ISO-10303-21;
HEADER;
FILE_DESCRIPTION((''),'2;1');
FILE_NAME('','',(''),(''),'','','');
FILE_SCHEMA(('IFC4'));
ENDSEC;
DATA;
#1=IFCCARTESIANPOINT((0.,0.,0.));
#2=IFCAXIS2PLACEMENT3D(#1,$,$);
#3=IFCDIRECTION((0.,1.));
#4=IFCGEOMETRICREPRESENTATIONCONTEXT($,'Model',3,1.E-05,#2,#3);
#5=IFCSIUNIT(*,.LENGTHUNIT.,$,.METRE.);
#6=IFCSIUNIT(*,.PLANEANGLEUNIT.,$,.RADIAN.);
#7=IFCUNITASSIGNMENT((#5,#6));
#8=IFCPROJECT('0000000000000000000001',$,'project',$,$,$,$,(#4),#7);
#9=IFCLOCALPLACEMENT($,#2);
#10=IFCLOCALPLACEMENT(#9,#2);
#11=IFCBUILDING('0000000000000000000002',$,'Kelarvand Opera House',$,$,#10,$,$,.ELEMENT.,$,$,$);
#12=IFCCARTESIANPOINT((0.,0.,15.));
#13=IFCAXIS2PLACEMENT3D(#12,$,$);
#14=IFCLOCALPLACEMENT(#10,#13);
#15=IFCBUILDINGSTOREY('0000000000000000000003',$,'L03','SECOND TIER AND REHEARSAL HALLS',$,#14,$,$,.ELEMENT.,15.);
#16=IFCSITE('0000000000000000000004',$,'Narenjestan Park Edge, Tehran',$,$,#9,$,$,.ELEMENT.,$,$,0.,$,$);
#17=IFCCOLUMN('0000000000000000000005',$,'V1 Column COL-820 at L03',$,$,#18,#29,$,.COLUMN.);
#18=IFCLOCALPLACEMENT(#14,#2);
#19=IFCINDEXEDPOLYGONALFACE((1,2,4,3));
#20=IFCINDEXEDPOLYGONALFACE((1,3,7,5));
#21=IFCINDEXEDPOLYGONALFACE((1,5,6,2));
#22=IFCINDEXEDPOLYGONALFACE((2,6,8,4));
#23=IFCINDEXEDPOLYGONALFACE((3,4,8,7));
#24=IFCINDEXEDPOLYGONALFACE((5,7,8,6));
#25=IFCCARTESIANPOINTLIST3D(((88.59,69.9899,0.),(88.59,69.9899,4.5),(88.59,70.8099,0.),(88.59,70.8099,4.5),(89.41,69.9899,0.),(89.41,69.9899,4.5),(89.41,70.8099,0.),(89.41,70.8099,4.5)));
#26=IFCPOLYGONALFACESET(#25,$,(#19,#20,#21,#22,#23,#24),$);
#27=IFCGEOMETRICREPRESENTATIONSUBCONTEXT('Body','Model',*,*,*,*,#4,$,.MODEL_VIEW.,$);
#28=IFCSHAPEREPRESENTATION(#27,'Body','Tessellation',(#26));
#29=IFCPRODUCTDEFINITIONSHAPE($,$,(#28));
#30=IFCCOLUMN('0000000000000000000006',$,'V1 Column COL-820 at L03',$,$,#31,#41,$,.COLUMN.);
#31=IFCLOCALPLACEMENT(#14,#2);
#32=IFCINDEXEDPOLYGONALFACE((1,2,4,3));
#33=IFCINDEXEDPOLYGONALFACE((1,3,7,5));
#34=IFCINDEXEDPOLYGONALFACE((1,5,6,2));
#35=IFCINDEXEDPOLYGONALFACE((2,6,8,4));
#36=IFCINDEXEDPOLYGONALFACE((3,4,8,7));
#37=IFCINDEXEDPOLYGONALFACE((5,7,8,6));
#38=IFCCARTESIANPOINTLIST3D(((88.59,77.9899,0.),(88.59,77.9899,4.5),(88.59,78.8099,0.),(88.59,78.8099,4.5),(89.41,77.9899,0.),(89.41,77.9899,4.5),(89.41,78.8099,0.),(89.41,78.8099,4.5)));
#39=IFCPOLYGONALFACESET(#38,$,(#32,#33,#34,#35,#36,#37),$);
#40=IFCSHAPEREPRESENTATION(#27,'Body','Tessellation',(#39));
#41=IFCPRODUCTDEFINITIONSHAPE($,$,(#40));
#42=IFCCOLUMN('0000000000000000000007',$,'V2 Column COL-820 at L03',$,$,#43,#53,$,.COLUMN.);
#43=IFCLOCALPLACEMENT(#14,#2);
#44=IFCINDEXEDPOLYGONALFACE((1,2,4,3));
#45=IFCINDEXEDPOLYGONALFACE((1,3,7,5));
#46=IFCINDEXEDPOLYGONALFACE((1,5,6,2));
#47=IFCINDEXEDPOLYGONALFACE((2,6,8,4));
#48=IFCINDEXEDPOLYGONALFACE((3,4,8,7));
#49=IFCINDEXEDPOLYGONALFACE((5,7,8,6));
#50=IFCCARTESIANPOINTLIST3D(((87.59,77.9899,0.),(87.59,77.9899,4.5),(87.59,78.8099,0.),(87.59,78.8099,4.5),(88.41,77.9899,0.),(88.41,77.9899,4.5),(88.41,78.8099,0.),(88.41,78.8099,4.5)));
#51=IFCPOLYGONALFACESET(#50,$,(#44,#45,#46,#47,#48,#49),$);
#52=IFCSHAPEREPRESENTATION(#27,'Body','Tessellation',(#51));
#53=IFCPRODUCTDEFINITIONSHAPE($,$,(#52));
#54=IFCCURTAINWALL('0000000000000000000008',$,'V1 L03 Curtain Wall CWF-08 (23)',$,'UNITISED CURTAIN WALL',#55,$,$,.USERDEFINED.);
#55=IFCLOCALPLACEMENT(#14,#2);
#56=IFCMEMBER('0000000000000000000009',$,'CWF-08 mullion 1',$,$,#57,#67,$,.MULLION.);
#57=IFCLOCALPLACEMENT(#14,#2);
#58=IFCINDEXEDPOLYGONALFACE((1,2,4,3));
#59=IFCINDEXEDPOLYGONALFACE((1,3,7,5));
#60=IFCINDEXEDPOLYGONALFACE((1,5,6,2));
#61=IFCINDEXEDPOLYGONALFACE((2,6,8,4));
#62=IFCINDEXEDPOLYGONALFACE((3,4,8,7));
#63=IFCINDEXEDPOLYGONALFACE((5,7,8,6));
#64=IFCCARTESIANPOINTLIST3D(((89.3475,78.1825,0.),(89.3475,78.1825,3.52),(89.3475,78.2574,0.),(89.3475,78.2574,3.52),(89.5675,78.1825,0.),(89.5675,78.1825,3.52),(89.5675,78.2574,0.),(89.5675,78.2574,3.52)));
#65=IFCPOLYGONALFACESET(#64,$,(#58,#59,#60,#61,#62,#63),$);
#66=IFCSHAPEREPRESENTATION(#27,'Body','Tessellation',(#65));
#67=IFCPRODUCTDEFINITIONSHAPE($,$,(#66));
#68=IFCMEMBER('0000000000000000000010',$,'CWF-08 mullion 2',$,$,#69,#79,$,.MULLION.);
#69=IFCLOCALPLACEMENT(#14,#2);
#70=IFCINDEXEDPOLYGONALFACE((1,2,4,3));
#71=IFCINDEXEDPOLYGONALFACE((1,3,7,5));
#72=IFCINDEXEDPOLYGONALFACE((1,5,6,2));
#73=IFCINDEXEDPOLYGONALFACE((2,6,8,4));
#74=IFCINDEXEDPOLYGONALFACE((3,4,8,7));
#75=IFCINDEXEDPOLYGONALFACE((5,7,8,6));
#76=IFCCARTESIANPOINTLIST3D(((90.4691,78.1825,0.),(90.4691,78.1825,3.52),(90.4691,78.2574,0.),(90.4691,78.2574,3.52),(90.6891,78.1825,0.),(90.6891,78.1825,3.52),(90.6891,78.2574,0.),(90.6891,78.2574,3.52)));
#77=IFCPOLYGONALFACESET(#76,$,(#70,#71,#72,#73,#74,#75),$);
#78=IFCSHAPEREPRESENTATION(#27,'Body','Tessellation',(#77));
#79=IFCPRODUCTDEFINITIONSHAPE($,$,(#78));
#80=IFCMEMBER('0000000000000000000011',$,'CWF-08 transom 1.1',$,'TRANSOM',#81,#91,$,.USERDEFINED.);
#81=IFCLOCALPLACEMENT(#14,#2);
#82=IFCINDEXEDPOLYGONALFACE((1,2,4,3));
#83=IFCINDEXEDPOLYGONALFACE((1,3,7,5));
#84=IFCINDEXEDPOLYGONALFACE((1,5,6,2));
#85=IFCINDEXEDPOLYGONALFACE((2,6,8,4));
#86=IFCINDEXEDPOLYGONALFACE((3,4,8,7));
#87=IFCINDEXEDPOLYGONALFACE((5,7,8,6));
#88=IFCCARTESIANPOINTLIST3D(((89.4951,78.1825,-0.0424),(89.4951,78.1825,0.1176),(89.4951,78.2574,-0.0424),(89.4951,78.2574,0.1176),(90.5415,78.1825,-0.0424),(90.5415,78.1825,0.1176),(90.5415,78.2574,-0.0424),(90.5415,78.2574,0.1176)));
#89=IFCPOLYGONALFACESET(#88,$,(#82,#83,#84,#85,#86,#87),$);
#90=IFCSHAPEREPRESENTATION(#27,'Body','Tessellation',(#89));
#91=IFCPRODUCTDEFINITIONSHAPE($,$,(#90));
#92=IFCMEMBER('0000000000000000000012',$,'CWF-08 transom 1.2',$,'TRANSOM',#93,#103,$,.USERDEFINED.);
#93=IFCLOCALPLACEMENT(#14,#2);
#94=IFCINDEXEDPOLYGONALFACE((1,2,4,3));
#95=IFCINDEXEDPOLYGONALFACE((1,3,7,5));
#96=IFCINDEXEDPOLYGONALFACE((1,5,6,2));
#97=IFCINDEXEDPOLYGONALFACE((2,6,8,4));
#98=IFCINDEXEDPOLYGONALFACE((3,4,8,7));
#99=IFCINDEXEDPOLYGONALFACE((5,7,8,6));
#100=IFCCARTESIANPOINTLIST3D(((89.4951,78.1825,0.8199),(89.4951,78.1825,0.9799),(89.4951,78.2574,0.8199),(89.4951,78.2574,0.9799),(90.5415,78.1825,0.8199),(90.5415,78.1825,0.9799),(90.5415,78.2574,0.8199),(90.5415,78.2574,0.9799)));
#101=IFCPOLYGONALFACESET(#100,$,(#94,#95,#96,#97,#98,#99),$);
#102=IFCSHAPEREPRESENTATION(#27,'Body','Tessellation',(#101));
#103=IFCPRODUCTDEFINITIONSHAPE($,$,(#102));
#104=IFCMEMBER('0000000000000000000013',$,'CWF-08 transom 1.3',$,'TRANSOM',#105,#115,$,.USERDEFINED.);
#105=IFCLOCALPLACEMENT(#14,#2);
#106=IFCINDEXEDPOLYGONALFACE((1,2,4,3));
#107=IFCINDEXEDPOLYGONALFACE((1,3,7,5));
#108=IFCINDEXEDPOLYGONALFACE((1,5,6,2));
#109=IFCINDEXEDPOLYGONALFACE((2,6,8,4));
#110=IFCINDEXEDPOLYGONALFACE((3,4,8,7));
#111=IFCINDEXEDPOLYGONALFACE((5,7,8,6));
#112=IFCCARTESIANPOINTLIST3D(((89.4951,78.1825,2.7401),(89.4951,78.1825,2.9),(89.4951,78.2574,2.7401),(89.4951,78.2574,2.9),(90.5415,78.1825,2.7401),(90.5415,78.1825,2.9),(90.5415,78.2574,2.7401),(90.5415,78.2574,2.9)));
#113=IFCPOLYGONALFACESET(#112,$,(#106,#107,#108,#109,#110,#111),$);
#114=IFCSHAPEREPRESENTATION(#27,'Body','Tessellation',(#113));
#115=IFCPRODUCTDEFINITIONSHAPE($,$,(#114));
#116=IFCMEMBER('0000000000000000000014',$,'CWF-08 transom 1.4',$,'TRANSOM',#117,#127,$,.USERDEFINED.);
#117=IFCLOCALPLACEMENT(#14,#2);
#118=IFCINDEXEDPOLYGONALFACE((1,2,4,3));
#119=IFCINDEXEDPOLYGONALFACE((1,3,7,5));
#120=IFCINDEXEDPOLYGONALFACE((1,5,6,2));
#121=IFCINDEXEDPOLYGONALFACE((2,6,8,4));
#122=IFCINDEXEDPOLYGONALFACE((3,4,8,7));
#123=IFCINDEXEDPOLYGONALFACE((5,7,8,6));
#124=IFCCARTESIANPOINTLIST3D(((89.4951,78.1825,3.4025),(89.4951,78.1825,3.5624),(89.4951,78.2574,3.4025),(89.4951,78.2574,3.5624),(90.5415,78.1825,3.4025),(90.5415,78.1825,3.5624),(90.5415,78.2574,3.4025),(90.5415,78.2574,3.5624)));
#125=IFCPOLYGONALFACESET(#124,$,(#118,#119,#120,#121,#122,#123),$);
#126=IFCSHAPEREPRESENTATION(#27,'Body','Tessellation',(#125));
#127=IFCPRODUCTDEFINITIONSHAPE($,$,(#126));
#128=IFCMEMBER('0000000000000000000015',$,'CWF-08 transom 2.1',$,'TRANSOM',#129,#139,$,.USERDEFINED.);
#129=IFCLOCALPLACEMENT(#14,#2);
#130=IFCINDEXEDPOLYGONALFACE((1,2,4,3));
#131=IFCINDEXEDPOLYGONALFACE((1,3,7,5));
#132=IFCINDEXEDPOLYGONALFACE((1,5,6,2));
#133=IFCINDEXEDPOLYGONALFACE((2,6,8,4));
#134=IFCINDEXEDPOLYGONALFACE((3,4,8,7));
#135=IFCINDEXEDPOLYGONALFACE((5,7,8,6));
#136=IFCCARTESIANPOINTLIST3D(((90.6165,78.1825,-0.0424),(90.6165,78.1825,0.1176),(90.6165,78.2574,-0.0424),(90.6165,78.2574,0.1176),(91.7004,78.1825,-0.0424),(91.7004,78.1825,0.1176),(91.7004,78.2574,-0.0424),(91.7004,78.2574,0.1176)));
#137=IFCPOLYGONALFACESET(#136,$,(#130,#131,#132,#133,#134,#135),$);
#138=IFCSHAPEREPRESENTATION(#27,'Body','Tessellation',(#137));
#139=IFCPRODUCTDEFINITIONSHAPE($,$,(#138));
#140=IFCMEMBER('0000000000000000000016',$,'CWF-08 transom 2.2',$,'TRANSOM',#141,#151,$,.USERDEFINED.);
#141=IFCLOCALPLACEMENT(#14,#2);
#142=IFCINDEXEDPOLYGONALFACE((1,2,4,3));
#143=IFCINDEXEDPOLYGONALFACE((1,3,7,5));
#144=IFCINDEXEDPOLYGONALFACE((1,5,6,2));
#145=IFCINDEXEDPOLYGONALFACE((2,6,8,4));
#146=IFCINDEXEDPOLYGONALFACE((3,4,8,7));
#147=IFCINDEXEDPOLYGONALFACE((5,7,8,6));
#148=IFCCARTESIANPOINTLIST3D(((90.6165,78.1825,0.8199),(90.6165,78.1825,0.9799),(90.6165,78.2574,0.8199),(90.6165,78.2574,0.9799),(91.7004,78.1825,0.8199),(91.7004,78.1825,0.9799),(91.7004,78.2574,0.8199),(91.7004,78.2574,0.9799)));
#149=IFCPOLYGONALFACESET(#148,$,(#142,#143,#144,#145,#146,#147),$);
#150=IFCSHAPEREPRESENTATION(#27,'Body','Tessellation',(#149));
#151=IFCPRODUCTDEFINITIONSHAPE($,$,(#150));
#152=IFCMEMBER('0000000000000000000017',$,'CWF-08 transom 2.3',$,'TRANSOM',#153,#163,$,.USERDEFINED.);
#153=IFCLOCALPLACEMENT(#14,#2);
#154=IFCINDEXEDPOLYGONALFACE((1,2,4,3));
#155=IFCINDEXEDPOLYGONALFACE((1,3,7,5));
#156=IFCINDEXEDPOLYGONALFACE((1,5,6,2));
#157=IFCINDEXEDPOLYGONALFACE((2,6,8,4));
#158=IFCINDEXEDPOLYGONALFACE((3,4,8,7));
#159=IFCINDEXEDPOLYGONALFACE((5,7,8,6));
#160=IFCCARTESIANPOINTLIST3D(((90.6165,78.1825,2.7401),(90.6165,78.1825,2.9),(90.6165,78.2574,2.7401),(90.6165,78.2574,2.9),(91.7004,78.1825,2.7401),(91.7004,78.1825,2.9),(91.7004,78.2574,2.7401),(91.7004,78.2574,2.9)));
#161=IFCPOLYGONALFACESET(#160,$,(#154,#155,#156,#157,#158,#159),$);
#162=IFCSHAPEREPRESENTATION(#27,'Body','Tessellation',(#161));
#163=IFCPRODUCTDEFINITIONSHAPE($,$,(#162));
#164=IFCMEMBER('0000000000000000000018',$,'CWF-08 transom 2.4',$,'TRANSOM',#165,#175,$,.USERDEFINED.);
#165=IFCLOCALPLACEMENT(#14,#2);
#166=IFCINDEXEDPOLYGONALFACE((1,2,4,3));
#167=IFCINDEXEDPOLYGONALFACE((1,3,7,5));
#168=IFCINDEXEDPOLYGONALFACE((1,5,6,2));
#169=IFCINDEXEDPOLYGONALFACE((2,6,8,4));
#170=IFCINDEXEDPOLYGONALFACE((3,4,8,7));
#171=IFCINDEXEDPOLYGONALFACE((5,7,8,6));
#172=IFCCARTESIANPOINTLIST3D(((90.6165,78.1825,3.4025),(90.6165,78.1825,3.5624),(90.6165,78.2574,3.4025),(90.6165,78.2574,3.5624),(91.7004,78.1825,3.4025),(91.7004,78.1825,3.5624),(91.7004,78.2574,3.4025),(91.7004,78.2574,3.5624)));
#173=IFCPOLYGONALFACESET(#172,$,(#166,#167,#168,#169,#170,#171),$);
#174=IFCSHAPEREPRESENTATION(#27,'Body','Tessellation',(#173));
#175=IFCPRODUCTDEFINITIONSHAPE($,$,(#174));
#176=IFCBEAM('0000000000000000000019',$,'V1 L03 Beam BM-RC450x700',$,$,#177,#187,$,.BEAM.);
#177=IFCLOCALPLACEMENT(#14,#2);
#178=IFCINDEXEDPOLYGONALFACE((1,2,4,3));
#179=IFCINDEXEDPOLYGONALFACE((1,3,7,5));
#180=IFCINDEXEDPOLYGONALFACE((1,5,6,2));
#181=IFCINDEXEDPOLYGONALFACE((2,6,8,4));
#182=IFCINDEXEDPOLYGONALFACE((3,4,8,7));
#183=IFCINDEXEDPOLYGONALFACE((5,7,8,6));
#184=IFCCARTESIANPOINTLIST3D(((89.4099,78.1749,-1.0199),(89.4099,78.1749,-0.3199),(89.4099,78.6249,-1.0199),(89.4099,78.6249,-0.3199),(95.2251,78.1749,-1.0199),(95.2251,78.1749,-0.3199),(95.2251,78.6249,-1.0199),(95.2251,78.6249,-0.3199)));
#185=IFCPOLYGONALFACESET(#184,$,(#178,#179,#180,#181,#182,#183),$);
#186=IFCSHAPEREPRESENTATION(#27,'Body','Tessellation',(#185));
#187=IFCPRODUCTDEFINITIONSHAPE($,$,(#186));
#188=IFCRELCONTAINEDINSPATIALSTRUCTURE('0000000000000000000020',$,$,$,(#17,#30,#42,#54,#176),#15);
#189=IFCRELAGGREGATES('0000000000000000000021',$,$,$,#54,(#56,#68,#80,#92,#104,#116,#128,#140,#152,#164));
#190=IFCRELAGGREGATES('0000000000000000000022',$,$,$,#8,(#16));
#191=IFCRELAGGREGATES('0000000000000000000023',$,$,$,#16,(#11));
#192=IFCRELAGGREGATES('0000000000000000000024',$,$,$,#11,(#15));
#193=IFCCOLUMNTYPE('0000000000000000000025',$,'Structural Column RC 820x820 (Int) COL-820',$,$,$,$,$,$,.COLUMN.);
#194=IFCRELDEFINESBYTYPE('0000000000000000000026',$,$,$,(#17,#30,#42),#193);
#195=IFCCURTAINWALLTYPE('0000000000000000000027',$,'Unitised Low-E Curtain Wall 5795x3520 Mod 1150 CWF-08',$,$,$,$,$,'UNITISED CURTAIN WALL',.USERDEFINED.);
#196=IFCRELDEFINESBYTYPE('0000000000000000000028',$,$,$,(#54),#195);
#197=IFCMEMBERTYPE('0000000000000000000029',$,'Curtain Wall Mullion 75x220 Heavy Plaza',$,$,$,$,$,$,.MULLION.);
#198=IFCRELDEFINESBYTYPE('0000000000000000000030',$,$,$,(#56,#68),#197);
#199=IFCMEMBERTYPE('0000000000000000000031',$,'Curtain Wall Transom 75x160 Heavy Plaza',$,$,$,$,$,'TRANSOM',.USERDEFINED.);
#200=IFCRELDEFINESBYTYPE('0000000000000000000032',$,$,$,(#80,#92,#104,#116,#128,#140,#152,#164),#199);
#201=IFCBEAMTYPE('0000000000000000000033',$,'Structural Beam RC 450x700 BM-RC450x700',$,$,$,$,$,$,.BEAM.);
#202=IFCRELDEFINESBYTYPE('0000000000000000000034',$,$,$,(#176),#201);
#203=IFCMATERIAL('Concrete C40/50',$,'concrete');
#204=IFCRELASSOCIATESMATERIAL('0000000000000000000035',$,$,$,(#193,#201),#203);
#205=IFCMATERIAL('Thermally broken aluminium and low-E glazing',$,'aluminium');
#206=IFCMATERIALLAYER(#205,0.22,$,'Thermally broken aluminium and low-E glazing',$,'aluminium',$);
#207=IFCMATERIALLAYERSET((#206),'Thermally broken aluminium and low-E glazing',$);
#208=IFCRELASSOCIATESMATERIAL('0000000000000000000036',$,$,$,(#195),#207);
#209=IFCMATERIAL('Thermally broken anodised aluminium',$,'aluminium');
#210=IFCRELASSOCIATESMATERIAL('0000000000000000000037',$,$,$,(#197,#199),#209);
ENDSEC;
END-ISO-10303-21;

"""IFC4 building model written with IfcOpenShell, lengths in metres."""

from ifc_helpers import new_model, si_unit, direction, frame, origin, origin_2d, place, context, subcontext, project, spatial, rectangle, extrude, material, layer, layer_set, material_profile, profile_set, type_object, element, aggregate, save


model = new_model("IFC4")

# Units and contexts
model_context = context("Model", 3, precision=1e-05, world=origin(), true_north=direction((0.0, 1.0)))
body_context = subcontext(model_context, "Body", "Model", "MODEL_VIEW")
ifc_project = project(units=[si_unit("LENGTHUNIT", "METRE"), si_unit("PLANEANGLEUNIT", "RADIAN")], contexts=[model_context])

# Site, building, storey
site_placement = place(None, origin())
site = spatial("IfcSite", under=ifc_project, at=site_placement, Name="Narenjestan Park Edge, Tehran", CompositionType="ELEMENT", RefElevation=0.0)
building_placement = place(site_placement, origin())
building = spatial("IfcBuilding", under=site, at=building_placement, Name="Kelarvand Opera House", CompositionType="ELEMENT")
storey_placement = place(building_placement, frame((0.0, 0.0, 15.0)))
storey = spatial("IfcBuildingStorey", under=building, at=storey_placement, Name="L03", Description="SECOND TIER AND REHEARSAL HALLS", CompositionType="ELEMENT", Elevation=15.0)

# Columns
ifc_material_1 = material(Name="Concrete C40/50", Category="concrete")
ifc_material_profile_1 = material_profile(ifc_material_1, rectangle(XDim=0.8201, YDim=0.8201, at=origin_2d()), Name="RC 820x820", Category="concrete")
ifc_profile_set_1 = profile_set([ifc_material_profile_1], Name="Concrete C40/50")
column_type = type_object("IfcColumnType", Name="Structural Column RC 820x820 (Int) COL-820", PredefinedType="COLUMN", material=ifc_profile_set_1)
for number, where, z_axis, x_axis, name in (
    (1, (89.0, 70.3999, 0.0), (0.0, 0.0, 1.0), (1.0, 0.0, 0.0), "V1 Column COL-820 at L03"),
    (2, (89.0, 78.3999, 0.0), (0.0, 0.0, 1.0), (1.0, 0.0, 0.0), "V1 Column COL-820 at L03"),
    (3, (88.0, 78.3999, 0.0), (0.0, 0.0, 1.0), (1.0, 0.0, 0.0), "V2 Column COL-820 at L03"),
):
    element("IfcColumn", number, at=place(storey_placement, frame(where, z_axis=z_axis, x_axis=x_axis)), inside=storey, type_object=column_type, Name=name, PredefinedType="COLUMN", context=body_context, shape_type="SweptSolid", body=[
        extrude(rectangle(XDim=0.8201, YDim=0.8201, at=origin_2d()), origin(), (0.0, 0.0, 1.0), 4.5),
    ])

# Curtain wall, members
ifc_material_2 = material(Name="Thermally broken aluminium and low-E glazing", Category="aluminium")
ifc_layer_1 = layer(ifc_material_2, 0.22, Name="Thermally broken aluminium and low-E glazing", Category="aluminium")
ifc_layer_set_1 = layer_set([ifc_layer_1], Name="Thermally broken aluminium and low-E glazing")
curtain_wall_type = type_object("IfcCurtainWallType", Name="Unitised Low-E Curtain Wall 5795x3520 Mod 1150 CWF-08", ElementType="UNITISED CURTAIN WALL", PredefinedType="USERDEFINED", material=ifc_layer_set_1)
curtain_wall_placement = place(storey_placement, origin())
curtain_wall = element("IfcCurtainWall", 4, at=curtain_wall_placement, inside=storey, type_object=curtain_wall_type, Name="V1 L03 Curtain Wall CWF-08 (23)", ObjectType="UNITISED CURTAIN WALL", PredefinedType="USERDEFINED")
ifc_material_3 = material(Name="Thermally broken anodised aluminium", Category="aluminium")
ifc_material_profile_2 = material_profile(ifc_material_3, rectangle(XDim=0.075, YDim=0.22, at=origin_2d()), Name="ALU MULLION 75x220", Category="aluminium")
ifc_profile_set_2 = profile_set([ifc_material_profile_2], Name="Thermally broken anodised aluminium")
member_type_1 = type_object("IfcMemberType", Name="Curtain Wall Mullion 75x220 Heavy Plaza", PredefinedType="MULLION", material=ifc_profile_set_2)
member_1_placement = place(storey_placement, frame((89.4575, 78.22, 0.0), z_axis=(0.0, 0.0, 1.0), x_axis=(0.0, 1.0, 0.0)))
member_1 = element("IfcMember", 5, at=member_1_placement, type_object=member_type_1, Name="CWF-08 mullion 1", PredefinedType="MULLION", context=body_context, shape_type="SweptSolid", body=[
    extrude(rectangle(XDim=0.075, YDim=0.22, at=origin_2d()), origin(), (0.0, 0.0, 1.0), 3.52),
])
member_2_placement = place(storey_placement, frame((90.5791, 78.22, 0.0), z_axis=(0.0, 0.0, 1.0), x_axis=(0.0, 1.0, 0.0)))
member_2 = element("IfcMember", 6, at=member_2_placement, type_object=member_type_1, Name="CWF-08 mullion 2", PredefinedType="MULLION", context=body_context, shape_type="SweptSolid", body=[
    extrude(rectangle(XDim=0.075, YDim=0.22, at=origin_2d()), origin(), (0.0, 0.0, 1.0), 3.52),
])
ifc_material_profile_3 = material_profile(ifc_material_3, rectangle(XDim=0.075, YDim=0.1599, at=origin_2d()), Name="ALU TRANSOM 75x160", Category="aluminium")
ifc_profile_set_3 = profile_set([ifc_material_profile_3], Name="Thermally broken anodised aluminium")
member_type_2 = type_object("IfcMemberType", Name="Curtain Wall Transom 75x160 Heavy Plaza", ElementType="TRANSOM", PredefinedType="USERDEFINED", material=ifc_profile_set_3)
member_3_placement = place(storey_placement, frame((89.4951, 78.22, 0.0376), z_axis=(1.0, 0.0, 0.0), x_axis=(0.0, 1.0, 0.0)))
member_3 = element("IfcMember", 7, at=member_3_placement, type_object=member_type_2, Name="CWF-08 transom 1.1", ObjectType="TRANSOM", PredefinedType="USERDEFINED", context=body_context, shape_type="SweptSolid", body=[
    extrude(rectangle(XDim=0.075, YDim=0.1599, at=origin_2d()), origin(), (0.0, 0.0, 1.0), 1.0464),
])
member_4_placement = place(storey_placement, frame((89.4951, 78.22, 0.8999), z_axis=(1.0, 0.0, 0.0), x_axis=(0.0, 1.0, 0.0)))
member_4 = element("IfcMember", 8, at=member_4_placement, type_object=member_type_2, Name="CWF-08 transom 1.2", ObjectType="TRANSOM", PredefinedType="USERDEFINED", context=body_context, shape_type="SweptSolid", body=[
    extrude(rectangle(XDim=0.075, YDim=0.1599, at=origin_2d()), origin(), (0.0, 0.0, 1.0), 1.0464),
])
member_5_placement = place(storey_placement, frame((89.4951, 78.22, 2.8201), z_axis=(1.0, 0.0, 0.0), x_axis=(0.0, 1.0, 0.0)))
member_5 = element("IfcMember", 9, at=member_5_placement, type_object=member_type_2, Name="CWF-08 transom 1.3", ObjectType="TRANSOM", PredefinedType="USERDEFINED", context=body_context, shape_type="SweptSolid", body=[
    extrude(rectangle(XDim=0.075, YDim=0.1599, at=origin_2d()), origin(), (0.0, 0.0, 1.0), 1.0464),
])
member_6_placement = place(storey_placement, frame((89.4951, 78.22, 3.4824), z_axis=(1.0, 0.0, 0.0), x_axis=(0.0, 1.0, 0.0)))
member_6 = element("IfcMember", 10, at=member_6_placement, type_object=member_type_2, Name="CWF-08 transom 1.4", ObjectType="TRANSOM", PredefinedType="USERDEFINED", context=body_context, shape_type="SweptSolid", body=[
    extrude(rectangle(XDim=0.075, YDim=0.1599, at=origin_2d()), origin(), (0.0, 0.0, 1.0), 1.0464),
])
member_7_placement = place(storey_placement, frame((90.6165, 78.22, 0.0376), z_axis=(1.0, 0.0, 0.0), x_axis=(0.0, 1.0, 0.0)))
member_7 = element("IfcMember", 11, at=member_7_placement, type_object=member_type_2, Name="CWF-08 transom 2.1", ObjectType="TRANSOM", PredefinedType="USERDEFINED", context=body_context, shape_type="SweptSolid", body=[
    extrude(rectangle(XDim=0.075, YDim=0.1599, at=origin_2d()), origin(), (0.0, 0.0, 1.0), 1.084),
])
member_8_placement = place(storey_placement, frame((90.6165, 78.22, 0.8999), z_axis=(1.0, 0.0, 0.0), x_axis=(0.0, 1.0, 0.0)))
member_8 = element("IfcMember", 12, at=member_8_placement, type_object=member_type_2, Name="CWF-08 transom 2.2", ObjectType="TRANSOM", PredefinedType="USERDEFINED", context=body_context, shape_type="SweptSolid", body=[
    extrude(rectangle(XDim=0.075, YDim=0.1599, at=origin_2d()), origin(), (0.0, 0.0, 1.0), 1.084),
])
member_9_placement = place(storey_placement, frame((90.6165, 78.22, 2.8201), z_axis=(1.0, 0.0, 0.0), x_axis=(0.0, 1.0, 0.0)))
member_9 = element("IfcMember", 13, at=member_9_placement, type_object=member_type_2, Name="CWF-08 transom 2.3", ObjectType="TRANSOM", PredefinedType="USERDEFINED", context=body_context, shape_type="SweptSolid", body=[
    extrude(rectangle(XDim=0.075, YDim=0.1599, at=origin_2d()), origin(), (0.0, 0.0, 1.0), 1.084),
])
member_10_placement = place(storey_placement, frame((90.6165, 78.22, 3.4824), z_axis=(1.0, 0.0, 0.0), x_axis=(0.0, 1.0, 0.0)))
member_10 = element("IfcMember", 14, at=member_10_placement, type_object=member_type_2, Name="CWF-08 transom 2.4", ObjectType="TRANSOM", PredefinedType="USERDEFINED", context=body_context, shape_type="SweptSolid", body=[
    extrude(rectangle(XDim=0.075, YDim=0.1599, at=origin_2d()), origin(), (0.0, 0.0, 1.0), 1.084),
])

# Beam
ifc_material_profile_4 = material_profile(ifc_material_1, rectangle(XDim=0.45, YDim=0.7, at=origin_2d()), Name="RC 450x700", Category="concrete")
ifc_profile_set_4 = profile_set([ifc_material_profile_4], Name="Concrete C40/50")
beam_type_1 = type_object("IfcBeamType", Name="Structural Beam RC 450x700 BM-RC450x700", PredefinedType="BEAM", material=ifc_profile_set_4)
beam_1_placement = place(storey_placement, frame((89.4099, 78.3999, -0.6699), z_axis=(1.0, 0.0, 0.0), x_axis=(0.0, 1.0, 0.0)))
element("IfcBeam", 15, at=beam_1_placement, inside=storey, type_object=beam_type_1, Name="V1 L03 Beam BM-RC450x700", PredefinedType="BEAM", context=body_context, shape_type="SweptSolid", body=[
    extrude(rectangle(XDim=0.45, YDim=0.7, at=origin_2d()), origin(), (0.0, 0.0, 1.0), 5.8152),
])

aggregate(curtain_wall, [member_1, member_2, member_3, member_4, member_5, member_6, member_7, member_8, member_9, member_10])

save(model, "model.ifc")
